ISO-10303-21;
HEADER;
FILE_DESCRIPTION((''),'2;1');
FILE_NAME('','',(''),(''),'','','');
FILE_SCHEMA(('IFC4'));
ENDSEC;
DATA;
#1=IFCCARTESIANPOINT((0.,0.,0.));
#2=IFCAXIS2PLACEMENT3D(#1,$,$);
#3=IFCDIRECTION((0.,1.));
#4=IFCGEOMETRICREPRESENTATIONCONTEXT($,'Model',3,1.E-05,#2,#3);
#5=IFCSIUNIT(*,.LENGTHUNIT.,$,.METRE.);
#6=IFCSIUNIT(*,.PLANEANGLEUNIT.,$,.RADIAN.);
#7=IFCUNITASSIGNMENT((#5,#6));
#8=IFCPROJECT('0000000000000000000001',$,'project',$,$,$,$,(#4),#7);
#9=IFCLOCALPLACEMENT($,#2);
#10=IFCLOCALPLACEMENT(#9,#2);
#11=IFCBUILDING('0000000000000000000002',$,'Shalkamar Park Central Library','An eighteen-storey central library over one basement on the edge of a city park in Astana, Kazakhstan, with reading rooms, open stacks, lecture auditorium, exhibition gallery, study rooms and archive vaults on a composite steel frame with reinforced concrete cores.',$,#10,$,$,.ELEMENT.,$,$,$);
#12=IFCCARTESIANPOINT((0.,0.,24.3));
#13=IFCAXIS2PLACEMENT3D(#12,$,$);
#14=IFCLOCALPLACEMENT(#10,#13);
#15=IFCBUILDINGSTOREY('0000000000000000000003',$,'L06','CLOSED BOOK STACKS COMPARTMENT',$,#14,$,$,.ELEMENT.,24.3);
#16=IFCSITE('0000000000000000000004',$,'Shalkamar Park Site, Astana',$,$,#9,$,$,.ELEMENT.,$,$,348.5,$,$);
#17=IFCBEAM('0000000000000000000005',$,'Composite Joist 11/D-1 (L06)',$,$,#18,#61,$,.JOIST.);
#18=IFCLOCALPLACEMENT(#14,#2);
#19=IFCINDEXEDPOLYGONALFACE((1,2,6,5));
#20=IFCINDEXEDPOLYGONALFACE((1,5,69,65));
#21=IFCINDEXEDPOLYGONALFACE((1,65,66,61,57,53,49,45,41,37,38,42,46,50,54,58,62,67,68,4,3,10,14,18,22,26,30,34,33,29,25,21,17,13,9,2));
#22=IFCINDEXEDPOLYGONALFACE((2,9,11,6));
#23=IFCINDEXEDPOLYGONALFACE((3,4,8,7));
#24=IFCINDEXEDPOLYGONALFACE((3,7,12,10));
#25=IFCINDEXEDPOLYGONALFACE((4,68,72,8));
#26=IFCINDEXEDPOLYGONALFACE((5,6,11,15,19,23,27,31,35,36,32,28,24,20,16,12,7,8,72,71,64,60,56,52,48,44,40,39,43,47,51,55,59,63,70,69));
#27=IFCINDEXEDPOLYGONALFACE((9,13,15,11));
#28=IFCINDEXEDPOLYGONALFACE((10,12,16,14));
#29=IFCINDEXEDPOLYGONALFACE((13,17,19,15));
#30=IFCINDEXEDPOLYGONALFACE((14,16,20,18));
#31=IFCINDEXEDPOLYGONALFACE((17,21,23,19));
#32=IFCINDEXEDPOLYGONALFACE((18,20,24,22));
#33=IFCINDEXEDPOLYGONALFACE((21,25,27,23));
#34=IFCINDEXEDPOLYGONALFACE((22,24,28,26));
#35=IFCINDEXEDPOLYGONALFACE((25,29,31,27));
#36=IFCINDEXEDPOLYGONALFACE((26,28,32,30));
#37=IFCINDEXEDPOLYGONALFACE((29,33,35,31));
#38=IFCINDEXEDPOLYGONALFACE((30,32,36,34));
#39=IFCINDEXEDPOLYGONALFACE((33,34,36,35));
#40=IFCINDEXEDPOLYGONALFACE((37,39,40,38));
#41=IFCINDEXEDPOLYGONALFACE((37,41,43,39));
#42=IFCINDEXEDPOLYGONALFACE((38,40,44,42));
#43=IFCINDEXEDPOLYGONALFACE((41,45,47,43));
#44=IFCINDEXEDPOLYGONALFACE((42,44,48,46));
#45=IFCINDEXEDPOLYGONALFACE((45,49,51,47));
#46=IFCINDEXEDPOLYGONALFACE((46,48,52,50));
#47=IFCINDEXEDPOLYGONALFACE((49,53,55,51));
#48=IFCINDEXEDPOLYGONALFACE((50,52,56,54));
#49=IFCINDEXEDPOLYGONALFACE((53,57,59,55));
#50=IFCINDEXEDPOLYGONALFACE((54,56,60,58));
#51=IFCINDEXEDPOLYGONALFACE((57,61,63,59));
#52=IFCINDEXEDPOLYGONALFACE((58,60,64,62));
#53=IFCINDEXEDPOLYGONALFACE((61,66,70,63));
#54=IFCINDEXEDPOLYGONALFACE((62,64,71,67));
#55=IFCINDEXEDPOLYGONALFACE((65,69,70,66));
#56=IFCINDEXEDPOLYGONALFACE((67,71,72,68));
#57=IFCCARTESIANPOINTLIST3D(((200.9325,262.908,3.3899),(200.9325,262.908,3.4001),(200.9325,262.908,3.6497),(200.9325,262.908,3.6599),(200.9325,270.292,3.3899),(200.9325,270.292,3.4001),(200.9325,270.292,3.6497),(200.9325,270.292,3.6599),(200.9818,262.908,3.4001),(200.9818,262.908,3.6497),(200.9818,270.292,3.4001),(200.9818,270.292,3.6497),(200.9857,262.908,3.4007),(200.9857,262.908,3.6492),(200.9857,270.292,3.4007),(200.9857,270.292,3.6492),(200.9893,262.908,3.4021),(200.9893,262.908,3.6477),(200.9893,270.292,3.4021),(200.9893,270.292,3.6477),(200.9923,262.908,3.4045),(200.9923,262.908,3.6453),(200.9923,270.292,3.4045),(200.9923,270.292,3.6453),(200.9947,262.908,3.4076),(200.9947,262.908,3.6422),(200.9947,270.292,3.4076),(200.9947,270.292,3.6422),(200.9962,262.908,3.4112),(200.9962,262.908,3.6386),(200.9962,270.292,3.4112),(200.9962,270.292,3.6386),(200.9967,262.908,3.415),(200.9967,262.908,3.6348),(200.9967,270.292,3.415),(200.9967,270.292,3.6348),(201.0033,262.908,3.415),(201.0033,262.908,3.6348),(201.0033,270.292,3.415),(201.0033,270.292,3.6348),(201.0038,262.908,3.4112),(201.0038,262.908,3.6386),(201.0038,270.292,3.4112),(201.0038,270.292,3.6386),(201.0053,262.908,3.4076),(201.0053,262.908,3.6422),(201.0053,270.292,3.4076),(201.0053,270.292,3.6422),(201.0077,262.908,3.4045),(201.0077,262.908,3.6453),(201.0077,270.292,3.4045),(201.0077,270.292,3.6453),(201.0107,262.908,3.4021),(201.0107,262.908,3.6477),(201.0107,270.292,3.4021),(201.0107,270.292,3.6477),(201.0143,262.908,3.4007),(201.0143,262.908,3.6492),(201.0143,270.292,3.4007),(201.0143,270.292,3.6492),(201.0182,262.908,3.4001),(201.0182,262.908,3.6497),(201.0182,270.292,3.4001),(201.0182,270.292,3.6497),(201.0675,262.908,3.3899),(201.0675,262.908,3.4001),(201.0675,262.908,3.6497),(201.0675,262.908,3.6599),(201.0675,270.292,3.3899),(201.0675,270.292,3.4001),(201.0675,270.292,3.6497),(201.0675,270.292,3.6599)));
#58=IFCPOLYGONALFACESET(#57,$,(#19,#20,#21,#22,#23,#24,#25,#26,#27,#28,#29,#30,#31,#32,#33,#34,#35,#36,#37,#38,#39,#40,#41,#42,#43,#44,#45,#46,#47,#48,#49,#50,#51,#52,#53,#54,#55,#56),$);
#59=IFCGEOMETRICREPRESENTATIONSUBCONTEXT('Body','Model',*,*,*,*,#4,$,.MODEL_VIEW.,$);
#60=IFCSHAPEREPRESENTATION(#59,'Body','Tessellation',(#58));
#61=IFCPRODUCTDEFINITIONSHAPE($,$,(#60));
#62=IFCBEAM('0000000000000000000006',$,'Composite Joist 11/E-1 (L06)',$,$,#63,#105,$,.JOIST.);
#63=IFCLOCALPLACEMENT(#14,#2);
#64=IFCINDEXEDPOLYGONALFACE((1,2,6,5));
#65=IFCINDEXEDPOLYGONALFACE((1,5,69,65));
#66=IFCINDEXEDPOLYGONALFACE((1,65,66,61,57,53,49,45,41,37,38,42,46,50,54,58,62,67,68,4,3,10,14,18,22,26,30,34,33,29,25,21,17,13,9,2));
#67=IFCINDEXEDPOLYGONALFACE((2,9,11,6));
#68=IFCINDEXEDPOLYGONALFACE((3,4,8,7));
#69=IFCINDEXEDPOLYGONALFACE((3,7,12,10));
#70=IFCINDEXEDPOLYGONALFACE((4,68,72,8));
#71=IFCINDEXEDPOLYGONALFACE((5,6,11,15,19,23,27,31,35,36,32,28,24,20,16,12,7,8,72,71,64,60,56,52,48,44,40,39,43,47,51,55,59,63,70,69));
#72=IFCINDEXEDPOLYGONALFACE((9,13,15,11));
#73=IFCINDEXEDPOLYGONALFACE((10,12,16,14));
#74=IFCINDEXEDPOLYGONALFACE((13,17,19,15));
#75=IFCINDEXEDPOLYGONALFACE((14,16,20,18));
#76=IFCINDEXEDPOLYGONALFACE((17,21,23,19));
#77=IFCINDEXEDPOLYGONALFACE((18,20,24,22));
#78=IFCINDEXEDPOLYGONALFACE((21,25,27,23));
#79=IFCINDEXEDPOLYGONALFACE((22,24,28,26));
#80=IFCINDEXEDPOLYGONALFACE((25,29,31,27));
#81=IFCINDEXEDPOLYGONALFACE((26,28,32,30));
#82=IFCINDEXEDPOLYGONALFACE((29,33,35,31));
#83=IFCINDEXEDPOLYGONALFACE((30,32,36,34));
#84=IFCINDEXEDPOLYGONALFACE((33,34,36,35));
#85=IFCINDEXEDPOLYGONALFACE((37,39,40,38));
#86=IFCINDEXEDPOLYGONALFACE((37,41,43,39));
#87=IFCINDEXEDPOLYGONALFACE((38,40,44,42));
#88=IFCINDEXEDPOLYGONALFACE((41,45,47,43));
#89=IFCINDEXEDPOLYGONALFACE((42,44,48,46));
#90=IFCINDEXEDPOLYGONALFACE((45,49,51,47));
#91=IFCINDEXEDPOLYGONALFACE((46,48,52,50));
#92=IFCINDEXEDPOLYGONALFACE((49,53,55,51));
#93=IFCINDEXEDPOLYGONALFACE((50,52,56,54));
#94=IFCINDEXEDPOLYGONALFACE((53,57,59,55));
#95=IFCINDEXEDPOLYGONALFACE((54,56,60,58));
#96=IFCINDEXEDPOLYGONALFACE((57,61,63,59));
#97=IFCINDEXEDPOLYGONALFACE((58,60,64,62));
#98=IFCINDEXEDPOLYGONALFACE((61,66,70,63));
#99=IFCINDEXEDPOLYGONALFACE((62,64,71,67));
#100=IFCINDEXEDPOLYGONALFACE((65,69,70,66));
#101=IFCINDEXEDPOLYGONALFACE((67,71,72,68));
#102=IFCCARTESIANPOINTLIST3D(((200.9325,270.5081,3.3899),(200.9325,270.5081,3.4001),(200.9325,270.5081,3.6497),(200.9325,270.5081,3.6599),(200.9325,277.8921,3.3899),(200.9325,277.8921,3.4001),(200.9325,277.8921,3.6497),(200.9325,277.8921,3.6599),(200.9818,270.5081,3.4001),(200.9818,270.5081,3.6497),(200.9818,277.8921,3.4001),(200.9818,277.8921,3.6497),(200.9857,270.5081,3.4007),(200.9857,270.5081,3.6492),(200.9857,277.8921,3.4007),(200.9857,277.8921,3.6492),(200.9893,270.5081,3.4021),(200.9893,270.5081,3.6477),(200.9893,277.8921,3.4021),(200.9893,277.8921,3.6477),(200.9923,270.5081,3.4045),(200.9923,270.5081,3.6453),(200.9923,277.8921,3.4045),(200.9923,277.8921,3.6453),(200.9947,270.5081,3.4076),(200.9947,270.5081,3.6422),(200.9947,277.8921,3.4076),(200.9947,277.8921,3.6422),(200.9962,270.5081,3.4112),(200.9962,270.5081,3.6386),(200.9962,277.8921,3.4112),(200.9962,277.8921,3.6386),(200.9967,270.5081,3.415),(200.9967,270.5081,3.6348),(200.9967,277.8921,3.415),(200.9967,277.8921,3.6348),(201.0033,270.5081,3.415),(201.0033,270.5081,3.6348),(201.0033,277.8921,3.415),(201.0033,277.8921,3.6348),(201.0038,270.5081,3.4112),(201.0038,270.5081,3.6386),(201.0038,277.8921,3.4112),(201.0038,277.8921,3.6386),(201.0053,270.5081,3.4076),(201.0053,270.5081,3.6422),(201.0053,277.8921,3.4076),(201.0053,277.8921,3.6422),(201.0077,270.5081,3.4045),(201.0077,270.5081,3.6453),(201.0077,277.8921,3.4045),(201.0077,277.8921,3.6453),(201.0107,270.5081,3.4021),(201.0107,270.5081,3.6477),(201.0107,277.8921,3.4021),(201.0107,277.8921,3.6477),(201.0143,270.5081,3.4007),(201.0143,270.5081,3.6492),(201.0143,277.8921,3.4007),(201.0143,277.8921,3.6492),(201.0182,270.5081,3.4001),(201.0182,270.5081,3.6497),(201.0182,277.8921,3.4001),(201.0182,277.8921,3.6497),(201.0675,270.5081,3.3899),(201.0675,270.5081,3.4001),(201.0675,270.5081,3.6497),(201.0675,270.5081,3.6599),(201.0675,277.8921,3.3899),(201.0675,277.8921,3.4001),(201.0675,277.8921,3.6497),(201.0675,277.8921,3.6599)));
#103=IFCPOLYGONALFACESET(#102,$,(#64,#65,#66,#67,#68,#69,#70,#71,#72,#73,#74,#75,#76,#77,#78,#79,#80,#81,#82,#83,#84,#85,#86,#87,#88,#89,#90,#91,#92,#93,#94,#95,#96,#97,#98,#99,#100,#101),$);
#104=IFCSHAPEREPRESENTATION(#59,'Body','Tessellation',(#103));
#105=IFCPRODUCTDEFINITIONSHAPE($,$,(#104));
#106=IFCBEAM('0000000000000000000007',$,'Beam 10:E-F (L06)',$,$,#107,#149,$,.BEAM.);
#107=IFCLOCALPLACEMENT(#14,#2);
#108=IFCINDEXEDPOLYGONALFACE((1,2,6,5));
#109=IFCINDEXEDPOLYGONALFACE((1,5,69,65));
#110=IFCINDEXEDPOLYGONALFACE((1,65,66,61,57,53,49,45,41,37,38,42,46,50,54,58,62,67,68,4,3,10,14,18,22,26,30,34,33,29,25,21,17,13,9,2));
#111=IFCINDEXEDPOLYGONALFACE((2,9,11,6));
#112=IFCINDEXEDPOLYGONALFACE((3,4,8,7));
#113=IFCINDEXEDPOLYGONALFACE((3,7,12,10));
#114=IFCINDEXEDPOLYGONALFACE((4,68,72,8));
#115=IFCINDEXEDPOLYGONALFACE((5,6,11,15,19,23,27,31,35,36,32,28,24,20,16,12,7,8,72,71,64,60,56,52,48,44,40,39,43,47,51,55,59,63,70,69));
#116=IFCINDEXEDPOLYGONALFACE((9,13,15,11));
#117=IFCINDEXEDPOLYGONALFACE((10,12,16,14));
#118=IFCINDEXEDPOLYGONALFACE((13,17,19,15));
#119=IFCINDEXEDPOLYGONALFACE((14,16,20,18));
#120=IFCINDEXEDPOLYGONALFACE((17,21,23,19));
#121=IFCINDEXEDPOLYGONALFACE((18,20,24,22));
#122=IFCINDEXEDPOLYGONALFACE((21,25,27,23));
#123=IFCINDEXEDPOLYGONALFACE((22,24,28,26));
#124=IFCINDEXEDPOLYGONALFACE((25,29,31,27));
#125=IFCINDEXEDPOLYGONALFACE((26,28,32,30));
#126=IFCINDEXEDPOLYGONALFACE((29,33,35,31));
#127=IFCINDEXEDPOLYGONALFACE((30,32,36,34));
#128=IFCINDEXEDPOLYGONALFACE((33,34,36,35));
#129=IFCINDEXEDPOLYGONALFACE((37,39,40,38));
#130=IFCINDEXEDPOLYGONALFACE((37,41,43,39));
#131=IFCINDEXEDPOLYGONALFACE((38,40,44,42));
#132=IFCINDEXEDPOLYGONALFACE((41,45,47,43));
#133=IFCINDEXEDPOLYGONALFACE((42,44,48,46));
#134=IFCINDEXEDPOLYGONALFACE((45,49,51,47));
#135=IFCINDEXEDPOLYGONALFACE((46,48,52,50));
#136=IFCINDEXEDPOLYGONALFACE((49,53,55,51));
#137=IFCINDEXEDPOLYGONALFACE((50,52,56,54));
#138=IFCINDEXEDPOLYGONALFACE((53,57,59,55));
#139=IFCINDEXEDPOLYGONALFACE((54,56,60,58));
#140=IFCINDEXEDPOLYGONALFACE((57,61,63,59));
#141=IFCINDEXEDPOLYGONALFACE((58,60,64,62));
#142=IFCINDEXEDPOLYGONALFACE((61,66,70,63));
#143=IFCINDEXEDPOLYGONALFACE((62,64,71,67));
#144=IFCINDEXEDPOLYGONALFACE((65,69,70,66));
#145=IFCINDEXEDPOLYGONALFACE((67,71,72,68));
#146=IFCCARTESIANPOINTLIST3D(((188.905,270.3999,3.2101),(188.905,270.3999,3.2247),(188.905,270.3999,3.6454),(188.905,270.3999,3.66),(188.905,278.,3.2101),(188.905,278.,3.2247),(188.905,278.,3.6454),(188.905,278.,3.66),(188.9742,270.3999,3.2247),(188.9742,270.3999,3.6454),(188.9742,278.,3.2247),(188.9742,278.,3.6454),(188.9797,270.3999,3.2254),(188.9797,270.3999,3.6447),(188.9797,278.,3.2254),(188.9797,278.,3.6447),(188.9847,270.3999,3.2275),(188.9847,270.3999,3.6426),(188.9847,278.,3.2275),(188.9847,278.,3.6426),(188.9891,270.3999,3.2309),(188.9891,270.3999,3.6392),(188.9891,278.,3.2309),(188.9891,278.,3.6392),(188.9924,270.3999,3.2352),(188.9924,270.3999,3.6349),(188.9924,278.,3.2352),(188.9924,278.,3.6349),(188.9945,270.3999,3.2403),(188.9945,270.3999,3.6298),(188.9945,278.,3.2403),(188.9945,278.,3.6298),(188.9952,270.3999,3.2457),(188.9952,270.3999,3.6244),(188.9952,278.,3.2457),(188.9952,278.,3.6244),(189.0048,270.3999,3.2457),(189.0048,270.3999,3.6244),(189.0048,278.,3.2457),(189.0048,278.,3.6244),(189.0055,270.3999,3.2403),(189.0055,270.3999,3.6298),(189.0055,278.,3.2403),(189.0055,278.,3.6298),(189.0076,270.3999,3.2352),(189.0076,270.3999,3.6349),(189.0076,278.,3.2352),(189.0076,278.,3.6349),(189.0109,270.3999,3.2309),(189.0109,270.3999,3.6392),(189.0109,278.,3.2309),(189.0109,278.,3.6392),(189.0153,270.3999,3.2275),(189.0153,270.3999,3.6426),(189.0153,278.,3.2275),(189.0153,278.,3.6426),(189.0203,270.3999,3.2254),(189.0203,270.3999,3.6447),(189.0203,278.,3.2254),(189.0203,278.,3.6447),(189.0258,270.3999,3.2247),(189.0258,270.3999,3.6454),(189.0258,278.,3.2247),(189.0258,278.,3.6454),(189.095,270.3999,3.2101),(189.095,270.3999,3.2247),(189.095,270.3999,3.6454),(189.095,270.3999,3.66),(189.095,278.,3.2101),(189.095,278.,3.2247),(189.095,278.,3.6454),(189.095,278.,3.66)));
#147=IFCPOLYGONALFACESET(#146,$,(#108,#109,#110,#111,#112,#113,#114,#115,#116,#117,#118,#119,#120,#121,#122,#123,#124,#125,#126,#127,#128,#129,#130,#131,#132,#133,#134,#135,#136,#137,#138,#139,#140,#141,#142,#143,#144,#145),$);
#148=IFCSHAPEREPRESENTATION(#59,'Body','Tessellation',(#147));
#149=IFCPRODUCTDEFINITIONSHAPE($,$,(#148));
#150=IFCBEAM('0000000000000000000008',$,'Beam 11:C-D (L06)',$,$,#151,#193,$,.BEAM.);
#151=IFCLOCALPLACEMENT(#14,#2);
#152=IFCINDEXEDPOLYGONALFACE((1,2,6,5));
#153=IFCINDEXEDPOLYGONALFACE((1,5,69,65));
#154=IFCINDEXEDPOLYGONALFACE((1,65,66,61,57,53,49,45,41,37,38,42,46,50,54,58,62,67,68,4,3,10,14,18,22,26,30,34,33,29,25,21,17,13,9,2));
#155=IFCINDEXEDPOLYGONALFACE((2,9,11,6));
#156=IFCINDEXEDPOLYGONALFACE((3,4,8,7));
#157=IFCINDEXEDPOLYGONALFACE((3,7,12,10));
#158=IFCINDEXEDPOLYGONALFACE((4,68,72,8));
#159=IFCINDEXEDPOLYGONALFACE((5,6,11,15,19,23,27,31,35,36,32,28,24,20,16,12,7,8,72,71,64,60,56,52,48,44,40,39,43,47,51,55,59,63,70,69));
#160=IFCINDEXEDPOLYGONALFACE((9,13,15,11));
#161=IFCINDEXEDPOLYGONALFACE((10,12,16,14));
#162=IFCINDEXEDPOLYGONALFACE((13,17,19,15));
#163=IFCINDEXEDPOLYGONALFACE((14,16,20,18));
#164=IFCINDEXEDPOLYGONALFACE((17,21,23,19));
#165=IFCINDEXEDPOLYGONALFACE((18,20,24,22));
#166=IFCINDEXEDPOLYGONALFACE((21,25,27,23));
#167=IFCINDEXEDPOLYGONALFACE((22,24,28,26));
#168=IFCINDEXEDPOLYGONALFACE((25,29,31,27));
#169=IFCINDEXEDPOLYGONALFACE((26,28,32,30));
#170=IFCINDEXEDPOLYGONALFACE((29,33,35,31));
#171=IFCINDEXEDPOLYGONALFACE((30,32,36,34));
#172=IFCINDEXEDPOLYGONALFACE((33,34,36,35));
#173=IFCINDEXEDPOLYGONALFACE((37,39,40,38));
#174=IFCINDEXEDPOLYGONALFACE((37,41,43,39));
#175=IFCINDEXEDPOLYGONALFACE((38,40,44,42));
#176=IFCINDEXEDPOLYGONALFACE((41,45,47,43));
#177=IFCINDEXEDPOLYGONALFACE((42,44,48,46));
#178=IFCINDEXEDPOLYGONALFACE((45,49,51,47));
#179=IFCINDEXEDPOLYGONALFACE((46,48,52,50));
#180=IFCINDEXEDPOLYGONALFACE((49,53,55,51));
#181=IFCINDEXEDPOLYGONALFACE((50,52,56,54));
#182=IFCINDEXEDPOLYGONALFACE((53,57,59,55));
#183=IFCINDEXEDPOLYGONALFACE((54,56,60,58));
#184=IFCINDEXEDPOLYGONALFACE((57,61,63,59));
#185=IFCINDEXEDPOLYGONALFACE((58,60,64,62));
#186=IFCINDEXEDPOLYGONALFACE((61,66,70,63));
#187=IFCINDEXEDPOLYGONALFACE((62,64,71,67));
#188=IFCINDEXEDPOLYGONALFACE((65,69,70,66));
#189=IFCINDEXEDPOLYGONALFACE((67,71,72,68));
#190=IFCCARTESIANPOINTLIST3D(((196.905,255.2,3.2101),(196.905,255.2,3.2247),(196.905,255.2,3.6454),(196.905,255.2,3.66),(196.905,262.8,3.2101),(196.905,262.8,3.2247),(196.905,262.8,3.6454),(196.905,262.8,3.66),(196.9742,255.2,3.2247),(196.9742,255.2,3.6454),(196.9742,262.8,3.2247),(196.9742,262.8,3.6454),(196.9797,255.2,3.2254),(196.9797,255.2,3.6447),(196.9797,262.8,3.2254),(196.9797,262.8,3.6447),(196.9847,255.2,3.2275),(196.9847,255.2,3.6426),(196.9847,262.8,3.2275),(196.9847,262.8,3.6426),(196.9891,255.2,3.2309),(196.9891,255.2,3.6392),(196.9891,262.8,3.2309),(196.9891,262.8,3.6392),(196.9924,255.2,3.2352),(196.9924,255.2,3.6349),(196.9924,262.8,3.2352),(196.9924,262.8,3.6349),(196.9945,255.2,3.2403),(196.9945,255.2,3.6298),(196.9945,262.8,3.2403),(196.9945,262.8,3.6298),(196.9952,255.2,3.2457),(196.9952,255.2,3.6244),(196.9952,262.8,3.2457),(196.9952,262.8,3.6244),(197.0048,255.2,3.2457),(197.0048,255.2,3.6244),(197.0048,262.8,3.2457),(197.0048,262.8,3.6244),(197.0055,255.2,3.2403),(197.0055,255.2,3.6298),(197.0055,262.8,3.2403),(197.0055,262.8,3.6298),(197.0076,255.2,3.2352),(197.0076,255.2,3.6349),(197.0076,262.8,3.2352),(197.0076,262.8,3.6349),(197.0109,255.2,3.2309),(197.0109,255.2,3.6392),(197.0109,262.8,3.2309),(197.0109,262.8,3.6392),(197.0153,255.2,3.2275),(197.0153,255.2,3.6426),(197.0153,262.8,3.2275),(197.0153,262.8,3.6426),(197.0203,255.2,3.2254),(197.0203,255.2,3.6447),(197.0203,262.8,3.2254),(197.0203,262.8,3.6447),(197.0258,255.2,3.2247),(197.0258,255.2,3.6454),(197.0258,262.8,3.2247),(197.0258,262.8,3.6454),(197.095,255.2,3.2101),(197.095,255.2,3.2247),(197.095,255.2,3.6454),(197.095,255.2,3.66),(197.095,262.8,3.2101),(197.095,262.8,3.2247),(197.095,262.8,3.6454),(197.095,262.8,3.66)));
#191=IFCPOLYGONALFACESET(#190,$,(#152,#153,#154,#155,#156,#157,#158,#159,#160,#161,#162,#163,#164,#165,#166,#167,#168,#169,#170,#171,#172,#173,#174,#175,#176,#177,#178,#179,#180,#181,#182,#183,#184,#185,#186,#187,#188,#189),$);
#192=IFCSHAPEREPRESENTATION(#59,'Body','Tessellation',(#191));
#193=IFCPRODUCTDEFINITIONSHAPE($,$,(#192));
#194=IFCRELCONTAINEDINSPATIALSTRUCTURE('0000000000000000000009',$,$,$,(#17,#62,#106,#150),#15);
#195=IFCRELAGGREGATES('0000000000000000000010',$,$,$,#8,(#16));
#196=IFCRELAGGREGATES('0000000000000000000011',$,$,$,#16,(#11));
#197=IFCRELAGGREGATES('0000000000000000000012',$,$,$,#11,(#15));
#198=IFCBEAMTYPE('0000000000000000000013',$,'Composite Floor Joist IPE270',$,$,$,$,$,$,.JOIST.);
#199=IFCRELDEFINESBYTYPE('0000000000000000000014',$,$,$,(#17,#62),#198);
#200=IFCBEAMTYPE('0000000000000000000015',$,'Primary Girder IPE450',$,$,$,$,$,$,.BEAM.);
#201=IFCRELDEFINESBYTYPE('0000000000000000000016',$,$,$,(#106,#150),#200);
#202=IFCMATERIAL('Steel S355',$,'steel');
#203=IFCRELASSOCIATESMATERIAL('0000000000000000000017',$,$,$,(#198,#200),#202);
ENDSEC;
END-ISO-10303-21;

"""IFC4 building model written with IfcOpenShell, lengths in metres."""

from ifc_helpers import new_model, si_unit, direction, frame, origin, origin_2d, place, context, subcontext, project, spatial, i_section, extrude, material, material_profile, profile_set, type_object, element, save


model = new_model("IFC4")

# Units and contexts
model_context = context("Model", 3, precision=1e-05, world=origin(), true_north=direction((0.0, 1.0)))
body_context = subcontext(model_context, "Body", "Model", "MODEL_VIEW")
ifc_project = project(units=[si_unit("LENGTHUNIT", "METRE"), si_unit("PLANEANGLEUNIT", "RADIAN")], contexts=[model_context])

# Site, building, storey
site_placement = place(None, origin())
site = spatial("IfcSite", under=ifc_project, at=site_placement, Name="Shalkamar Park Site, Astana", CompositionType="ELEMENT", RefElevation=348.5)
building_placement = place(site_placement, origin())
building = spatial("IfcBuilding", under=site, at=building_placement, Name="Shalkamar Park Central Library", Description="An eighteen-storey central library over one basement on the edge of a city park in Astana, Kazakhstan, with reading rooms, open stacks, lecture auditorium, exhibition gallery, study rooms and archive vaults on a composite steel frame with reinforced concrete cores.", CompositionType="ELEMENT")
storey_placement = place(building_placement, frame((0.0, 0.0, 24.3)))
storey = spatial("IfcBuildingStorey", under=building, at=storey_placement, Name="L06", Description="CLOSED BOOK STACKS COMPARTMENT", CompositionType="ELEMENT", Elevation=24.3)

# Shared definitions
ifc_material_1 = material(Name="Steel S355", Category="steel")

# Beams
ifc_material_profile_1 = material_profile(ifc_material_1, i_section(OverallWidth=0.135, OverallDepth=0.27, WebThickness=0.0066, FlangeThickness=0.0103, FilletRadius=0.0149, at=origin_2d()), Name="IPE 270")
ifc_profile_set_1 = profile_set([ifc_material_profile_1], Name="Steel S355")
beam_type_1 = type_object("IfcBeamType", Name="Composite Floor Joist IPE270", PredefinedType="JOIST", material=ifc_profile_set_1)
for number, where, z_axis, x_axis, name in (
    (1, (201.0, 262.908, 3.5249), (0.0, 1.0, 0.0), (-1.0, 0.0, 0.0), "Composite Joist 11/D-1 (L06)"),
    (2, (201.0, 270.5081, 3.5249), (0.0, 1.0, 0.0), (-1.0, 0.0, 0.0), "Composite Joist 11/E-1 (L06)"),
):
    element("IfcBeam", number, at=place(storey_placement, frame(where, z_axis=z_axis, x_axis=x_axis)), inside=storey, type_object=beam_type_1, Name=name, PredefinedType="JOIST", context=body_context, shape_type="SweptSolid", body=[
        extrude(i_section(OverallWidth=0.135, OverallDepth=0.27, WebThickness=0.0066, FlangeThickness=0.0103, FilletRadius=0.0149, at=origin_2d()), origin(), (0.0, 0.0, 1.0), 7.384),
    ])
ifc_material_profile_2 = material_profile(ifc_material_1, i_section(OverallWidth=0.1899, OverallDepth=0.45, WebThickness=0.0095, FlangeThickness=0.0146, FilletRadius=0.021, at=origin_2d()), Name="IPE 450")
ifc_profile_set_2 = profile_set([ifc_material_profile_2], Name="Steel S355")
beam_type_2 = type_object("IfcBeamType", Name="Primary Girder IPE450", PredefinedType="BEAM", material=ifc_profile_set_2)
for number, where, z_axis, x_axis, name in (
    (3, (189.0, 270.3999, 3.4351), (0.0, 1.0, 0.0), (-1.0, 0.0, 0.0), "Beam 10:E-F (L06)"),
    (4, (197.0, 255.2, 3.4351), (0.0, 1.0, 0.0), (-1.0, 0.0, 0.0), "Beam 11:C-D (L06)"),
):
    element("IfcBeam", number, at=place(storey_placement, frame(where, z_axis=z_axis, x_axis=x_axis)), inside=storey, type_object=beam_type_2, Name=name, PredefinedType="BEAM", context=body_context, shape_type="SweptSolid", body=[
        extrude(i_section(OverallWidth=0.1899, OverallDepth=0.45, WebThickness=0.0095, FlangeThickness=0.0146, FilletRadius=0.021, at=origin_2d()), origin(), (0.0, 0.0, 1.0), 7.6001),
    ])

save(model, "model.ifc")
